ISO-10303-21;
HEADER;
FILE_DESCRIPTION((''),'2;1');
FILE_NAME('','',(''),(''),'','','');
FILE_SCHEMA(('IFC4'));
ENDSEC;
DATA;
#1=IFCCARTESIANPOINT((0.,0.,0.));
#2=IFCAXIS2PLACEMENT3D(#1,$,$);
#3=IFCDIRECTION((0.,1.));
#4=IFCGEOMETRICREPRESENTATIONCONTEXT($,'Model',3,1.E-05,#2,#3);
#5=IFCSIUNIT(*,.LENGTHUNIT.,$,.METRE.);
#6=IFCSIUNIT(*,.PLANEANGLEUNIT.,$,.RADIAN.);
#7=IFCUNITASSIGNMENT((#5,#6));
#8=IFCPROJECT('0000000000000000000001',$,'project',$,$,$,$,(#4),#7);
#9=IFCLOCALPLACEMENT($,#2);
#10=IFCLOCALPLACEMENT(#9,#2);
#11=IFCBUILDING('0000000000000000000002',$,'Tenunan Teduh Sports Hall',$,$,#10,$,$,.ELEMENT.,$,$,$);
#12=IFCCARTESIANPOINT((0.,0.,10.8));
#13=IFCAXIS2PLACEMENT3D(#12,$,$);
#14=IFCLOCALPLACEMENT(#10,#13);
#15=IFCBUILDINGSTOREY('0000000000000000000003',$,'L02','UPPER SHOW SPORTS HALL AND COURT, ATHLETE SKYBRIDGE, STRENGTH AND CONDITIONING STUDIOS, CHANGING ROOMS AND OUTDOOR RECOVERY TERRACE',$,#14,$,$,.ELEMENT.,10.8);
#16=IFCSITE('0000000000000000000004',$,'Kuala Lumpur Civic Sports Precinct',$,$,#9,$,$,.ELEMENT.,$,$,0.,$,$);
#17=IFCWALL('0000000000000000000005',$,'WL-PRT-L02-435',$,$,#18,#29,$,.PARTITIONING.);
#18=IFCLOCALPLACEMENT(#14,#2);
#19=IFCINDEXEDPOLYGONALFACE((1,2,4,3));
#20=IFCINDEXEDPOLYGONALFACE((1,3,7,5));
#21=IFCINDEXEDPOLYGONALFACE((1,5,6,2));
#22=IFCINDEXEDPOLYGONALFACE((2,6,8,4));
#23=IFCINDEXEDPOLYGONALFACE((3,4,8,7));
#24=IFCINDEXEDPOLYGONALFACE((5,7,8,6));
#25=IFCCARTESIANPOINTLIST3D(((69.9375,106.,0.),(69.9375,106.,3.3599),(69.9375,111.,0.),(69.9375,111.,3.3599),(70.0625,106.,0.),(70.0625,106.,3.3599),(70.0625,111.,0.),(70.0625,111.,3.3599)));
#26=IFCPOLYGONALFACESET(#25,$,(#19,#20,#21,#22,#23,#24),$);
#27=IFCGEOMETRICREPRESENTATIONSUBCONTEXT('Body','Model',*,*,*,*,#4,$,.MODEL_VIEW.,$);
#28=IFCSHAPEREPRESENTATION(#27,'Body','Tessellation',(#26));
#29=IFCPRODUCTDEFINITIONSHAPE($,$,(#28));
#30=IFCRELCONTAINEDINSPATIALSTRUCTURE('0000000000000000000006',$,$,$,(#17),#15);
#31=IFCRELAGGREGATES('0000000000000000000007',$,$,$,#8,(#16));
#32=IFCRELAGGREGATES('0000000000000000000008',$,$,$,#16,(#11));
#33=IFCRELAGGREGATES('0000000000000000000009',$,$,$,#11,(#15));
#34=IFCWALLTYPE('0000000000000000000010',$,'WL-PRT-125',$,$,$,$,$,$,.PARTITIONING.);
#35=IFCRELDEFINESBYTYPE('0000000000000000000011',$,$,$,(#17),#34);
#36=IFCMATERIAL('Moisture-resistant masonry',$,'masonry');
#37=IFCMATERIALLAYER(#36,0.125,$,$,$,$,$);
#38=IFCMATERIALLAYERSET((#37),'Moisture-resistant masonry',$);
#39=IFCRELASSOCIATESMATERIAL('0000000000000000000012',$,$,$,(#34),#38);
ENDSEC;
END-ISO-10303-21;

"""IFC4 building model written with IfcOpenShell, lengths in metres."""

from ifc_helpers import new_model, si_unit, direction, frame, frame_2d, origin, place, context, subcontext, project, spatial, rectangle, extrude, material, layer, layer_set, type_object, element, save


model = new_model("IFC4")

# Units and contexts
model_context = context("Model", 3, precision=1e-05, world=origin(), true_north=direction((0.0, 1.0)))
body_context = subcontext(model_context, "Body", "Model", "MODEL_VIEW")
ifc_project = project(units=[si_unit("LENGTHUNIT", "METRE"), si_unit("PLANEANGLEUNIT", "RADIAN")], contexts=[model_context])

# Site, building, storey
site_placement = place(None, origin())
site = spatial("IfcSite", under=ifc_project, at=site_placement, Name="Kuala Lumpur Civic Sports Precinct", CompositionType="ELEMENT", RefElevation=0.0)
building_placement = place(site_placement, origin())
building = spatial("IfcBuilding", under=site, at=building_placement, Name="Tenunan Teduh Sports Hall", CompositionType="ELEMENT")
storey_placement = place(building_placement, frame((0.0, 0.0, 10.8)))
storey = spatial("IfcBuildingStorey", under=building, at=storey_placement, Name="L02", Description="UPPER SHOW SPORTS HALL AND COURT, ATHLETE SKYBRIDGE, STRENGTH AND CONDITIONING STUDIOS, CHANGING ROOMS AND OUTDOOR RECOVERY TERRACE", CompositionType="ELEMENT", Elevation=10.8)

# Wall
ifc_material_1 = material(Name="Moisture-resistant masonry", Category="masonry")
ifc_layer_1 = layer(ifc_material_1, 0.125)
ifc_layer_set_1 = layer_set([ifc_layer_1], Name="Moisture-resistant masonry")
wall_type = type_object("IfcWallType", Name="WL-PRT-125", PredefinedType="PARTITIONING", material=ifc_layer_set_1)
wall_placement = place(storey_placement, frame((70.0, 106.0, 0.0), z_axis=(0.0, 0.0, 1.0), x_axis=(0.0, 1.0, 0.0)))
element("IfcWall", 1, at=wall_placement, inside=storey, type_object=wall_type, Name="WL-PRT-L02-435", PredefinedType="PARTITIONING", context=body_context, shape_type="SweptSolid", body=[
    extrude(rectangle(XDim=5.0, YDim=0.125, at=frame_2d((2.5, 0.0))), origin(), (0.0, 0.0, 1.0), 3.3599),
])

save(model, "model.ifc")
